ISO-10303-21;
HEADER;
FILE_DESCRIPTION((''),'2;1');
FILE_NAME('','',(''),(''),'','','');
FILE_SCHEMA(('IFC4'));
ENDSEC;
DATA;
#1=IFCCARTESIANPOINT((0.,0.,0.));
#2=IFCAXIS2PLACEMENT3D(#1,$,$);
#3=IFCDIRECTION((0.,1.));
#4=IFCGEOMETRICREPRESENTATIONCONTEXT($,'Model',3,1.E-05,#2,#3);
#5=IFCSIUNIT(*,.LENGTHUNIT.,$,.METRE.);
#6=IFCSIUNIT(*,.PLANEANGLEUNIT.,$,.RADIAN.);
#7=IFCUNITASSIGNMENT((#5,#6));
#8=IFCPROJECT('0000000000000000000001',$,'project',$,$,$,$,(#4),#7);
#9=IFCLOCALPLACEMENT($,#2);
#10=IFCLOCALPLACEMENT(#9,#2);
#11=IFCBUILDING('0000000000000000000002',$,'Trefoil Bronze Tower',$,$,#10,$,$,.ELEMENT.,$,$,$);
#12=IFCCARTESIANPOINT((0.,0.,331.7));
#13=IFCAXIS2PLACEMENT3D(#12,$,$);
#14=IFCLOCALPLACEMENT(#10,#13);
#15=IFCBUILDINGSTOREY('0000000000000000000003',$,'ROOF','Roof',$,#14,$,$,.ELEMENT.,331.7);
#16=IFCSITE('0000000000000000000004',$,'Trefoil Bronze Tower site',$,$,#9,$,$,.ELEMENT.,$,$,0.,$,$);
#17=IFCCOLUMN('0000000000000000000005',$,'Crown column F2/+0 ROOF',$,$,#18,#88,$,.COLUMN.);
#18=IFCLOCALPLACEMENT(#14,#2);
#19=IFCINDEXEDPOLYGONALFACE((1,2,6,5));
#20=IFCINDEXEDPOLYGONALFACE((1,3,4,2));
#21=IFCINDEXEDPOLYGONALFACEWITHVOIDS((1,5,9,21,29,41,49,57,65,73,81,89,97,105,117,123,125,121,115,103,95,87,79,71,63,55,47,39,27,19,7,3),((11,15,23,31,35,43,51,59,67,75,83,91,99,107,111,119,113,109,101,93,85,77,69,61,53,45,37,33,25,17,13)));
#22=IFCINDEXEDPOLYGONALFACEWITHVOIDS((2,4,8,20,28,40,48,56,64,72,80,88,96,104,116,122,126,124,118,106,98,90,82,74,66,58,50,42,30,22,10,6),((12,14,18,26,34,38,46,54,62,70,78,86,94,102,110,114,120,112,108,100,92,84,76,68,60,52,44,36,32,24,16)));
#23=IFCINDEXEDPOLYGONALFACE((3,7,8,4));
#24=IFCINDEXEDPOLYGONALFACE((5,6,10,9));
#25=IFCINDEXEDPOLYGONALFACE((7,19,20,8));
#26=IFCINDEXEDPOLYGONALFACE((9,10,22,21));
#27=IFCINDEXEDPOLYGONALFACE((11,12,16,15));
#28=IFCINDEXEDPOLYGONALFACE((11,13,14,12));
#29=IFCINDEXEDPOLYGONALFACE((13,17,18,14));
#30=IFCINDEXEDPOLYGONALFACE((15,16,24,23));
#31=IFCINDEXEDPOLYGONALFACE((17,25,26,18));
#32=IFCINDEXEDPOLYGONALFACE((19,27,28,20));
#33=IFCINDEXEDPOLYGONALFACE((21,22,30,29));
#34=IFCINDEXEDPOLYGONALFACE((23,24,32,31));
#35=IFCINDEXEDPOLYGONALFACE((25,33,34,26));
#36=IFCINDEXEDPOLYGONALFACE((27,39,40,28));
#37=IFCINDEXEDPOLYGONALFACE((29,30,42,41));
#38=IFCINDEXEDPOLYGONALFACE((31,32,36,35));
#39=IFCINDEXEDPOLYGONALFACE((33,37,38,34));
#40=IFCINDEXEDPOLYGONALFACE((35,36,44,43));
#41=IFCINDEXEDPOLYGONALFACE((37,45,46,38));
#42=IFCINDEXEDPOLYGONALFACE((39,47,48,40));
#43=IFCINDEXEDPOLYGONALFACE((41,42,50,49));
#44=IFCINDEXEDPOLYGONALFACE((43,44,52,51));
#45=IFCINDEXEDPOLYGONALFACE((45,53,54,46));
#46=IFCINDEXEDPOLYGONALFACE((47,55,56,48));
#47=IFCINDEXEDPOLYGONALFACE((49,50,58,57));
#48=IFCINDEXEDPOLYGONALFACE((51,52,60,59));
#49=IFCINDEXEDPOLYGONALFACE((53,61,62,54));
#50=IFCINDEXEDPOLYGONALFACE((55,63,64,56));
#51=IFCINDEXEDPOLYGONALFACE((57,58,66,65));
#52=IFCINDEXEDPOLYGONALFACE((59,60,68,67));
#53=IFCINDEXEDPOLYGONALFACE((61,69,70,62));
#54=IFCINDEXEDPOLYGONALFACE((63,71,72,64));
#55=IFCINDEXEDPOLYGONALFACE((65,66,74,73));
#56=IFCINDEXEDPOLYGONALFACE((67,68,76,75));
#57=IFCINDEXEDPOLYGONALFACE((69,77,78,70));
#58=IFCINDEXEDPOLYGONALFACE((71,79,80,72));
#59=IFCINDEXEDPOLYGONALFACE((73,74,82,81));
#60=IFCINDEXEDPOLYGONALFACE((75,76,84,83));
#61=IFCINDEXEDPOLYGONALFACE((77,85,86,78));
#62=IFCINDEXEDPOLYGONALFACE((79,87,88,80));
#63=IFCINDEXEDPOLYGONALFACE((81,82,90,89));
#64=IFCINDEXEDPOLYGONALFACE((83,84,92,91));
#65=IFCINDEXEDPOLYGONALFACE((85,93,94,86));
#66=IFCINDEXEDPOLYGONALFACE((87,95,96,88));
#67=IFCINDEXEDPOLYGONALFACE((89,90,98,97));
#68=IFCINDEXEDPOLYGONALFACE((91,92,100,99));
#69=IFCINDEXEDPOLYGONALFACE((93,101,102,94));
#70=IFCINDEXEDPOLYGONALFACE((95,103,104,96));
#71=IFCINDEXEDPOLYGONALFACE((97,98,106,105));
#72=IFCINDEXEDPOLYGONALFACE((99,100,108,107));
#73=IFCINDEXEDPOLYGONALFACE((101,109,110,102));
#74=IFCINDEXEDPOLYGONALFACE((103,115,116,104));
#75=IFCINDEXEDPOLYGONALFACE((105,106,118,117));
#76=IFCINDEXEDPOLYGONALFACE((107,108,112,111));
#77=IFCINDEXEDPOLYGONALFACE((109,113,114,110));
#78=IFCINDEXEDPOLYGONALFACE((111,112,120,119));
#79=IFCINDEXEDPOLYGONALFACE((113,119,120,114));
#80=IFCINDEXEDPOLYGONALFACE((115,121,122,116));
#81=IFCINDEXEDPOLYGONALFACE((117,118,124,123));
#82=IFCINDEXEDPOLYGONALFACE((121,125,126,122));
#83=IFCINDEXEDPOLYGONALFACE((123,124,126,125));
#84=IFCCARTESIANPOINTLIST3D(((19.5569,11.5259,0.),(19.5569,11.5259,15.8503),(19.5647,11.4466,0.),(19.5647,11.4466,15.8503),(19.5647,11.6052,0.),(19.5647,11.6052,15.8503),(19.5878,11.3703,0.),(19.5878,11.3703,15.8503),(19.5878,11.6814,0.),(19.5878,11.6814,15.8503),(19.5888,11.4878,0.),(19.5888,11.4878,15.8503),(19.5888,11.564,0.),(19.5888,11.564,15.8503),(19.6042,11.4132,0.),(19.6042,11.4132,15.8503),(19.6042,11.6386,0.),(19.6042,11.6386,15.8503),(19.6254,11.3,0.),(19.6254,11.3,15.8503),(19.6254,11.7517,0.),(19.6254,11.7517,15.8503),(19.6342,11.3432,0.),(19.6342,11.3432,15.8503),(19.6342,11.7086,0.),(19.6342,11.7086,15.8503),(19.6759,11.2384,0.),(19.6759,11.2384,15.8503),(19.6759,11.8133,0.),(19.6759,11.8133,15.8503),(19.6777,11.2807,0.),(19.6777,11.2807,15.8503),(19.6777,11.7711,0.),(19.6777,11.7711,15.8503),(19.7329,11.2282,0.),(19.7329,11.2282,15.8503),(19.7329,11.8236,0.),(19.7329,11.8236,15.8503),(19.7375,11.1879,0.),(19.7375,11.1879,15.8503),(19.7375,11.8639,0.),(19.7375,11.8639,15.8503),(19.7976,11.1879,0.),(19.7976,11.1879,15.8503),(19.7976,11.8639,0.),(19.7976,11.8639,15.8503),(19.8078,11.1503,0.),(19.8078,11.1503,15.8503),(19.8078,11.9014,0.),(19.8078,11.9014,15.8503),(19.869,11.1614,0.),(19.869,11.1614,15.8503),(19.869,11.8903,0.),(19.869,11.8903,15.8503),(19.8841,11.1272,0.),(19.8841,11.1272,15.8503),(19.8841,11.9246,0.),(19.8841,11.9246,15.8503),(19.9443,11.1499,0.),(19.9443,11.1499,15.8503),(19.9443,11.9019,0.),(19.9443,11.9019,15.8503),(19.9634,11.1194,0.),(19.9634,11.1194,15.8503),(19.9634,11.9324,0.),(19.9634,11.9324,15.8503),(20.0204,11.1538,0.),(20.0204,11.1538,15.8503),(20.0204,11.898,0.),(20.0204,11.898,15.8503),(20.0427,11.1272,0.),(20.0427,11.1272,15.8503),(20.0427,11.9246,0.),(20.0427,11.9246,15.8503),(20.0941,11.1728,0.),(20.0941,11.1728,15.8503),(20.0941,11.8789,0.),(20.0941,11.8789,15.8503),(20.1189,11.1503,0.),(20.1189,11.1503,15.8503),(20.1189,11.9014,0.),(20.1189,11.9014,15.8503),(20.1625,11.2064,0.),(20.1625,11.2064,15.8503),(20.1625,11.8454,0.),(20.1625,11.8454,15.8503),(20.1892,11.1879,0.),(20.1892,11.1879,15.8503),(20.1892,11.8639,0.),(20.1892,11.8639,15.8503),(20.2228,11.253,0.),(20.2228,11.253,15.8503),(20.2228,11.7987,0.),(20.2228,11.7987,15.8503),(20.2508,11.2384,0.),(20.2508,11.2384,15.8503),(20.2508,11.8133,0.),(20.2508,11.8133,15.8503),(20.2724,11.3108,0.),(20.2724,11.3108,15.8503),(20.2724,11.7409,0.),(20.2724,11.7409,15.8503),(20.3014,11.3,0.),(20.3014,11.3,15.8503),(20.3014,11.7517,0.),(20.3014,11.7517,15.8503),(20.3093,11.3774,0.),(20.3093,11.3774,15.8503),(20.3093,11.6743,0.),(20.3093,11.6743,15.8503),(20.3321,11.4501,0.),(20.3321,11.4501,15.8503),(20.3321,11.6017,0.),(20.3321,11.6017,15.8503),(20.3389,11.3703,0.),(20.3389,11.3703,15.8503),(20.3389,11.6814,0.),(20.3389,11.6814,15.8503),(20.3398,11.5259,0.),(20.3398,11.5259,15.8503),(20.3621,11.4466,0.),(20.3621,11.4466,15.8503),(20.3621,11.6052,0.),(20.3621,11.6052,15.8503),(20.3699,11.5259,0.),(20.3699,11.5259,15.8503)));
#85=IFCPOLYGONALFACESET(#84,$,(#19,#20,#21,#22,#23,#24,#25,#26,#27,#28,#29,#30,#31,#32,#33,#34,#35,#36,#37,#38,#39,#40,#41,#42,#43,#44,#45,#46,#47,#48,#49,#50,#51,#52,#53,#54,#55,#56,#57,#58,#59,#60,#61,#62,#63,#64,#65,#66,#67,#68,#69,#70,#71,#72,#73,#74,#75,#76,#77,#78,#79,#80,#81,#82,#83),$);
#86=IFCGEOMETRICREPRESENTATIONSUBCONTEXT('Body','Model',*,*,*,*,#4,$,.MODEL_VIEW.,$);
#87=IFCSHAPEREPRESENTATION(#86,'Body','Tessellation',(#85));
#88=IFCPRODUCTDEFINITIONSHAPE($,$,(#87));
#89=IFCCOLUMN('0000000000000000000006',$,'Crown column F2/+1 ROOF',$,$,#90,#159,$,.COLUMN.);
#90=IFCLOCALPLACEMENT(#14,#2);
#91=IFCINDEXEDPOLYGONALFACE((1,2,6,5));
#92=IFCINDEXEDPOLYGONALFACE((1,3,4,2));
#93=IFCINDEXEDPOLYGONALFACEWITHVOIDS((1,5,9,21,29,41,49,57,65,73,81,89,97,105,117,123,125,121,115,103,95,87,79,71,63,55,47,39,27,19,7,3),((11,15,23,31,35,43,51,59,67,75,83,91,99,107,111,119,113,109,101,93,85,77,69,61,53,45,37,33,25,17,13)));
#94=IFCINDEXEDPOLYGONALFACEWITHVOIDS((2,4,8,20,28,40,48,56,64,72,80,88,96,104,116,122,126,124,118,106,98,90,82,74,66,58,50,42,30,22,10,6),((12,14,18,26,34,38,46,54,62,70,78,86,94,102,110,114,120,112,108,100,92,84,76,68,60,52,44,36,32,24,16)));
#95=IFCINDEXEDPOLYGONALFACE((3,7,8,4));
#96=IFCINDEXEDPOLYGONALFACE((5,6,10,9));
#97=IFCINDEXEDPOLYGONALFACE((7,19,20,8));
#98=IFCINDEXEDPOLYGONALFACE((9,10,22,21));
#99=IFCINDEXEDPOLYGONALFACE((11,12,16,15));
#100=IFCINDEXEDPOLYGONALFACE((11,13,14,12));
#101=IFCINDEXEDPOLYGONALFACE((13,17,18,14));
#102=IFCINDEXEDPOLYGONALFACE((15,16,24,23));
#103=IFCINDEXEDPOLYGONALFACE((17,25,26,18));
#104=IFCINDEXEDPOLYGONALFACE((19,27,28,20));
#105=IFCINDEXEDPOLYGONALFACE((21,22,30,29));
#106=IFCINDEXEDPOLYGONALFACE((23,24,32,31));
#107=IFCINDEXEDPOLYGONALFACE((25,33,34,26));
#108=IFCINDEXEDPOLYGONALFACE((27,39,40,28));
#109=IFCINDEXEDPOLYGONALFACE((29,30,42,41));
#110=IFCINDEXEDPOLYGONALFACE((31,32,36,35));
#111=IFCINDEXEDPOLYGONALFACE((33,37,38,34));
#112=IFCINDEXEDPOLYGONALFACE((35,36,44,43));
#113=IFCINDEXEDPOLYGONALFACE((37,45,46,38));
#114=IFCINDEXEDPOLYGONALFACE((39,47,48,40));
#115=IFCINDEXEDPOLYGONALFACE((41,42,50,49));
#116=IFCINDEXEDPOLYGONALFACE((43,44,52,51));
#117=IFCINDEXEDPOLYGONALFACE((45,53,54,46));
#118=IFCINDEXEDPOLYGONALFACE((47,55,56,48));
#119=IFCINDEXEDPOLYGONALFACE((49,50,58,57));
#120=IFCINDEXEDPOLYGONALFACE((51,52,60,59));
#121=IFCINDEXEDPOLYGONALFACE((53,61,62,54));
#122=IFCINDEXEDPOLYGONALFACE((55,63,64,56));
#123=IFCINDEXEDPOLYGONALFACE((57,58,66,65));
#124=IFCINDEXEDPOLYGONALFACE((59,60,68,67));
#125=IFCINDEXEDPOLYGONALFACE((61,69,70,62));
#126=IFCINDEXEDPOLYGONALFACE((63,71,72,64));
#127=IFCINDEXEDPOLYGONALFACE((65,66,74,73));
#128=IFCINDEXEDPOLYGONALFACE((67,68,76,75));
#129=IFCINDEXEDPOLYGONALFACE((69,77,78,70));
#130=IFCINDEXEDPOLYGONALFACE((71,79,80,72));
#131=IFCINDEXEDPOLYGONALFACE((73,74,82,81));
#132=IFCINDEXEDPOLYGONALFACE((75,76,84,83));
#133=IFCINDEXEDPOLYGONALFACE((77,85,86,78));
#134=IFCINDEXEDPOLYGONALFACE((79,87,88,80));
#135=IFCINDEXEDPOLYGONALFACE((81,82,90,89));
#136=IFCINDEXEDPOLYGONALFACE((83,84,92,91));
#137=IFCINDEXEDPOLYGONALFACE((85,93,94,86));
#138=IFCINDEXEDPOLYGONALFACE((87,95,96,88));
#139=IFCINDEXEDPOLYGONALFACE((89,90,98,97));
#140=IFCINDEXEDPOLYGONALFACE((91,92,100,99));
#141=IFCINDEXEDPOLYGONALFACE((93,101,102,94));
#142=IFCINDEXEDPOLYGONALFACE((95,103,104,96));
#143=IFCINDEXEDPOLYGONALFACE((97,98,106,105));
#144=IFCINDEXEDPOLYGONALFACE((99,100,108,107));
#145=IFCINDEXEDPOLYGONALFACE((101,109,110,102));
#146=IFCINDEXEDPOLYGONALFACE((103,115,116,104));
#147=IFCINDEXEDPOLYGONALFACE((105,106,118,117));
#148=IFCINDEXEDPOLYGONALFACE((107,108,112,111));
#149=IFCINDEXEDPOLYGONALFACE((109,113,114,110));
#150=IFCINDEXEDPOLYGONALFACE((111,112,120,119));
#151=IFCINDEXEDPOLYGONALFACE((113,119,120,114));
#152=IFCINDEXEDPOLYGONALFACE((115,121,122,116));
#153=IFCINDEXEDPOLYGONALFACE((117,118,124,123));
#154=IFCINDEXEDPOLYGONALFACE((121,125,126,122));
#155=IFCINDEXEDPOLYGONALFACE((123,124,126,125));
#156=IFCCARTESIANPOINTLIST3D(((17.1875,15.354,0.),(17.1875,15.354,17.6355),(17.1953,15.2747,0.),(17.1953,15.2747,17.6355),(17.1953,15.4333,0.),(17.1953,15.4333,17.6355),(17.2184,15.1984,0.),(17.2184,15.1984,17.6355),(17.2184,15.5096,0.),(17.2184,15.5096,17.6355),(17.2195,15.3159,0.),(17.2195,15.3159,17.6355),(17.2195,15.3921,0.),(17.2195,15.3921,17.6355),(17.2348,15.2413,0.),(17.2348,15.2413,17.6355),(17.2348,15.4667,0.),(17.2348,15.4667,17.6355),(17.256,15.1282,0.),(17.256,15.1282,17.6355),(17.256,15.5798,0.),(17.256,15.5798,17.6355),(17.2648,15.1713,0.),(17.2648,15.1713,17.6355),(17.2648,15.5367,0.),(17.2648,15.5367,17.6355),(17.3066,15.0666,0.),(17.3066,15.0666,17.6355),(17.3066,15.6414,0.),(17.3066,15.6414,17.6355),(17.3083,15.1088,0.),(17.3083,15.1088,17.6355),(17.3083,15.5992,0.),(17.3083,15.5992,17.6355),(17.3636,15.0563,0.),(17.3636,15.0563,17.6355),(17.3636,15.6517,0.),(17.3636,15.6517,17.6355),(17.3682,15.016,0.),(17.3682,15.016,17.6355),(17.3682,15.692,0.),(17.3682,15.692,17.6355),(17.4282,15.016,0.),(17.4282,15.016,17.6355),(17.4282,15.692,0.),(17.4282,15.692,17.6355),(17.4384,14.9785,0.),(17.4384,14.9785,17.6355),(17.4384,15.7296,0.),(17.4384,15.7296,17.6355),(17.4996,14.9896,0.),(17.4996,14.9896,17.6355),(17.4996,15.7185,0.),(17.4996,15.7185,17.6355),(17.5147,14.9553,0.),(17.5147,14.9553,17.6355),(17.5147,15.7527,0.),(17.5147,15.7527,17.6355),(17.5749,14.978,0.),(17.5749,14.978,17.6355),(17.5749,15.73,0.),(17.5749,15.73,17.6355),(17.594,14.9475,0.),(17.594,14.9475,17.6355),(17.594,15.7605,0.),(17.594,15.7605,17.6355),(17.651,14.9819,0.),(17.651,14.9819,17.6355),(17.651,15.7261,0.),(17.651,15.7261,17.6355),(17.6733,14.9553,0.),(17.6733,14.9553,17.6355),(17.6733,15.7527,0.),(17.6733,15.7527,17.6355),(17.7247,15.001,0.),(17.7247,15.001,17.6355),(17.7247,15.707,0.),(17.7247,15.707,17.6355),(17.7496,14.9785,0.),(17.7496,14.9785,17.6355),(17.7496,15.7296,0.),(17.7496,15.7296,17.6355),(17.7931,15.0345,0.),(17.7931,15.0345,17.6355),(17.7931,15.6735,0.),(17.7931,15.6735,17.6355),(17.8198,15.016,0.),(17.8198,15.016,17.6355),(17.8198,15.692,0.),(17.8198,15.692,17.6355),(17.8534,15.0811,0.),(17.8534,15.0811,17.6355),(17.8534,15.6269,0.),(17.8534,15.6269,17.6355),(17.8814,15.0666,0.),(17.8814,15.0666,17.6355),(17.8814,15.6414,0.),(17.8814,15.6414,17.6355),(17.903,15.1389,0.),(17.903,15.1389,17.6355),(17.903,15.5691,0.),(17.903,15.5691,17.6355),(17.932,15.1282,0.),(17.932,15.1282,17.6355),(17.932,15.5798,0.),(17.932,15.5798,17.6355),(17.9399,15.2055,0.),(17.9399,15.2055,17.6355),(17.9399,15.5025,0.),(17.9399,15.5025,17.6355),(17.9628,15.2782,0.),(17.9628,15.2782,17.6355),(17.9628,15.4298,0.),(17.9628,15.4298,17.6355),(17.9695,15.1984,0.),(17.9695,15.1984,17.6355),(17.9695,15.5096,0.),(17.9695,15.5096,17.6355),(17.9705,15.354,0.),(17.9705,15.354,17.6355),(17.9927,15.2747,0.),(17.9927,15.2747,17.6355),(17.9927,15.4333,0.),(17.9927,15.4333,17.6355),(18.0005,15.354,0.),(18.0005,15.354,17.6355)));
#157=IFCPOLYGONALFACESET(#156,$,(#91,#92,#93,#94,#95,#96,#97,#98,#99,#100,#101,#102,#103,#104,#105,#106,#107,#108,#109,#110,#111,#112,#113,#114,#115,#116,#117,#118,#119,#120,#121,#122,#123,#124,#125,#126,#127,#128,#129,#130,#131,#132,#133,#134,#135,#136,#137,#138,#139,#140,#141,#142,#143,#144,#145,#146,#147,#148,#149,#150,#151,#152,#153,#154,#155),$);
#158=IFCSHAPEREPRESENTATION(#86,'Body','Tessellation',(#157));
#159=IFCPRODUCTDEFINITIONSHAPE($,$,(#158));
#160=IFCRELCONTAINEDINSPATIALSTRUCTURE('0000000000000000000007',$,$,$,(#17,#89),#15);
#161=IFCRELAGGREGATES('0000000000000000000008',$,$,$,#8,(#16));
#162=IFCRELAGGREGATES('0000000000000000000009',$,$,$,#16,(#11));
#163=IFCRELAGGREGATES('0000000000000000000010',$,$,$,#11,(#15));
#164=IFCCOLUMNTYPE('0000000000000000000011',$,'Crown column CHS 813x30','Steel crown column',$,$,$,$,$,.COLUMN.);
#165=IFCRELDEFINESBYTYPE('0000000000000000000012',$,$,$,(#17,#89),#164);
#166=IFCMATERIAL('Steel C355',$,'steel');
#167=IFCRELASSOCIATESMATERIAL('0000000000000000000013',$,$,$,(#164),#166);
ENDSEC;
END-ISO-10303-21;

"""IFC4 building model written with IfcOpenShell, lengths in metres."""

from ifc_helpers import new_model, si_unit, direction, frame, origin, origin_2d, place, context, subcontext, project, spatial, hollow_circle, extrude, material, material_profile, profile_set, type_object, element, save


model = new_model("IFC4")

# Units and contexts
model_context = context("Model", 3, precision=1e-05, world=origin(), true_north=direction((0.0, 1.0)))
body_context = subcontext(model_context, "Body", "Model", "MODEL_VIEW")
ifc_project = project(units=[si_unit("LENGTHUNIT", "METRE"), si_unit("PLANEANGLEUNIT", "RADIAN")], contexts=[model_context])

# Site, building, storey
site_placement = place(None, origin())
site = spatial("IfcSite", under=ifc_project, at=site_placement, Name="Trefoil Bronze Tower site", CompositionType="ELEMENT", RefElevation=0.0)
building_placement = place(site_placement, origin())
building = spatial("IfcBuilding", under=site, at=building_placement, Name="Trefoil Bronze Tower", CompositionType="ELEMENT")
storey_placement = place(building_placement, frame((0.0, 0.0, 331.7)))
storey = spatial("IfcBuildingStorey", under=building, at=storey_placement, Name="ROOF", Description="Roof", CompositionType="ELEMENT", Elevation=331.7)

# Columns
ifc_material_1 = material(Name="Steel C355", Category="steel")
ifc_material_profile_1 = material_profile(ifc_material_1, hollow_circle(Radius=0.4065, WallThickness=0.03, at=origin_2d()), Name="CHS 813x30")
ifc_profile_set_1 = profile_set([ifc_material_profile_1], Name="Steel C355")
column_type_1 = type_object("IfcColumnType", Name="Crown column CHS 813x30", Description="Steel crown column", PredefinedType="COLUMN", material=ifc_profile_set_1)
column_1_placement = place(storey_placement, frame((19.9634, 11.5259, 0.0), z_axis=(0.0, 0.0, 1.0), x_axis=(1.0, 0.0, 0.0)))
element("IfcColumn", 1, at=column_1_placement, inside=storey, type_object=column_type_1, Name="Crown column F2/+0 ROOF", PredefinedType="COLUMN", context=body_context, shape_type="SweptSolid", body=[
    extrude(hollow_circle(Radius=0.4065, WallThickness=0.03, at=origin_2d()), origin(), (0.0, 0.0, 1.0), 15.8503),
])
column_2_placement = place(storey_placement, frame((17.594, 15.354, 0.0), z_axis=(0.0, 0.0, 1.0), x_axis=(1.0, 0.0, 0.0)))
element("IfcColumn", 2, at=column_2_placement, inside=storey, type_object=column_type_1, Name="Crown column F2/+1 ROOF", PredefinedType="COLUMN", context=body_context, shape_type="SweptSolid", body=[
    extrude(hollow_circle(Radius=0.4065, WallThickness=0.03, at=origin_2d()), origin(), (0.0, 0.0, 1.0), 17.6355),
])

save(model, "model.ifc")
